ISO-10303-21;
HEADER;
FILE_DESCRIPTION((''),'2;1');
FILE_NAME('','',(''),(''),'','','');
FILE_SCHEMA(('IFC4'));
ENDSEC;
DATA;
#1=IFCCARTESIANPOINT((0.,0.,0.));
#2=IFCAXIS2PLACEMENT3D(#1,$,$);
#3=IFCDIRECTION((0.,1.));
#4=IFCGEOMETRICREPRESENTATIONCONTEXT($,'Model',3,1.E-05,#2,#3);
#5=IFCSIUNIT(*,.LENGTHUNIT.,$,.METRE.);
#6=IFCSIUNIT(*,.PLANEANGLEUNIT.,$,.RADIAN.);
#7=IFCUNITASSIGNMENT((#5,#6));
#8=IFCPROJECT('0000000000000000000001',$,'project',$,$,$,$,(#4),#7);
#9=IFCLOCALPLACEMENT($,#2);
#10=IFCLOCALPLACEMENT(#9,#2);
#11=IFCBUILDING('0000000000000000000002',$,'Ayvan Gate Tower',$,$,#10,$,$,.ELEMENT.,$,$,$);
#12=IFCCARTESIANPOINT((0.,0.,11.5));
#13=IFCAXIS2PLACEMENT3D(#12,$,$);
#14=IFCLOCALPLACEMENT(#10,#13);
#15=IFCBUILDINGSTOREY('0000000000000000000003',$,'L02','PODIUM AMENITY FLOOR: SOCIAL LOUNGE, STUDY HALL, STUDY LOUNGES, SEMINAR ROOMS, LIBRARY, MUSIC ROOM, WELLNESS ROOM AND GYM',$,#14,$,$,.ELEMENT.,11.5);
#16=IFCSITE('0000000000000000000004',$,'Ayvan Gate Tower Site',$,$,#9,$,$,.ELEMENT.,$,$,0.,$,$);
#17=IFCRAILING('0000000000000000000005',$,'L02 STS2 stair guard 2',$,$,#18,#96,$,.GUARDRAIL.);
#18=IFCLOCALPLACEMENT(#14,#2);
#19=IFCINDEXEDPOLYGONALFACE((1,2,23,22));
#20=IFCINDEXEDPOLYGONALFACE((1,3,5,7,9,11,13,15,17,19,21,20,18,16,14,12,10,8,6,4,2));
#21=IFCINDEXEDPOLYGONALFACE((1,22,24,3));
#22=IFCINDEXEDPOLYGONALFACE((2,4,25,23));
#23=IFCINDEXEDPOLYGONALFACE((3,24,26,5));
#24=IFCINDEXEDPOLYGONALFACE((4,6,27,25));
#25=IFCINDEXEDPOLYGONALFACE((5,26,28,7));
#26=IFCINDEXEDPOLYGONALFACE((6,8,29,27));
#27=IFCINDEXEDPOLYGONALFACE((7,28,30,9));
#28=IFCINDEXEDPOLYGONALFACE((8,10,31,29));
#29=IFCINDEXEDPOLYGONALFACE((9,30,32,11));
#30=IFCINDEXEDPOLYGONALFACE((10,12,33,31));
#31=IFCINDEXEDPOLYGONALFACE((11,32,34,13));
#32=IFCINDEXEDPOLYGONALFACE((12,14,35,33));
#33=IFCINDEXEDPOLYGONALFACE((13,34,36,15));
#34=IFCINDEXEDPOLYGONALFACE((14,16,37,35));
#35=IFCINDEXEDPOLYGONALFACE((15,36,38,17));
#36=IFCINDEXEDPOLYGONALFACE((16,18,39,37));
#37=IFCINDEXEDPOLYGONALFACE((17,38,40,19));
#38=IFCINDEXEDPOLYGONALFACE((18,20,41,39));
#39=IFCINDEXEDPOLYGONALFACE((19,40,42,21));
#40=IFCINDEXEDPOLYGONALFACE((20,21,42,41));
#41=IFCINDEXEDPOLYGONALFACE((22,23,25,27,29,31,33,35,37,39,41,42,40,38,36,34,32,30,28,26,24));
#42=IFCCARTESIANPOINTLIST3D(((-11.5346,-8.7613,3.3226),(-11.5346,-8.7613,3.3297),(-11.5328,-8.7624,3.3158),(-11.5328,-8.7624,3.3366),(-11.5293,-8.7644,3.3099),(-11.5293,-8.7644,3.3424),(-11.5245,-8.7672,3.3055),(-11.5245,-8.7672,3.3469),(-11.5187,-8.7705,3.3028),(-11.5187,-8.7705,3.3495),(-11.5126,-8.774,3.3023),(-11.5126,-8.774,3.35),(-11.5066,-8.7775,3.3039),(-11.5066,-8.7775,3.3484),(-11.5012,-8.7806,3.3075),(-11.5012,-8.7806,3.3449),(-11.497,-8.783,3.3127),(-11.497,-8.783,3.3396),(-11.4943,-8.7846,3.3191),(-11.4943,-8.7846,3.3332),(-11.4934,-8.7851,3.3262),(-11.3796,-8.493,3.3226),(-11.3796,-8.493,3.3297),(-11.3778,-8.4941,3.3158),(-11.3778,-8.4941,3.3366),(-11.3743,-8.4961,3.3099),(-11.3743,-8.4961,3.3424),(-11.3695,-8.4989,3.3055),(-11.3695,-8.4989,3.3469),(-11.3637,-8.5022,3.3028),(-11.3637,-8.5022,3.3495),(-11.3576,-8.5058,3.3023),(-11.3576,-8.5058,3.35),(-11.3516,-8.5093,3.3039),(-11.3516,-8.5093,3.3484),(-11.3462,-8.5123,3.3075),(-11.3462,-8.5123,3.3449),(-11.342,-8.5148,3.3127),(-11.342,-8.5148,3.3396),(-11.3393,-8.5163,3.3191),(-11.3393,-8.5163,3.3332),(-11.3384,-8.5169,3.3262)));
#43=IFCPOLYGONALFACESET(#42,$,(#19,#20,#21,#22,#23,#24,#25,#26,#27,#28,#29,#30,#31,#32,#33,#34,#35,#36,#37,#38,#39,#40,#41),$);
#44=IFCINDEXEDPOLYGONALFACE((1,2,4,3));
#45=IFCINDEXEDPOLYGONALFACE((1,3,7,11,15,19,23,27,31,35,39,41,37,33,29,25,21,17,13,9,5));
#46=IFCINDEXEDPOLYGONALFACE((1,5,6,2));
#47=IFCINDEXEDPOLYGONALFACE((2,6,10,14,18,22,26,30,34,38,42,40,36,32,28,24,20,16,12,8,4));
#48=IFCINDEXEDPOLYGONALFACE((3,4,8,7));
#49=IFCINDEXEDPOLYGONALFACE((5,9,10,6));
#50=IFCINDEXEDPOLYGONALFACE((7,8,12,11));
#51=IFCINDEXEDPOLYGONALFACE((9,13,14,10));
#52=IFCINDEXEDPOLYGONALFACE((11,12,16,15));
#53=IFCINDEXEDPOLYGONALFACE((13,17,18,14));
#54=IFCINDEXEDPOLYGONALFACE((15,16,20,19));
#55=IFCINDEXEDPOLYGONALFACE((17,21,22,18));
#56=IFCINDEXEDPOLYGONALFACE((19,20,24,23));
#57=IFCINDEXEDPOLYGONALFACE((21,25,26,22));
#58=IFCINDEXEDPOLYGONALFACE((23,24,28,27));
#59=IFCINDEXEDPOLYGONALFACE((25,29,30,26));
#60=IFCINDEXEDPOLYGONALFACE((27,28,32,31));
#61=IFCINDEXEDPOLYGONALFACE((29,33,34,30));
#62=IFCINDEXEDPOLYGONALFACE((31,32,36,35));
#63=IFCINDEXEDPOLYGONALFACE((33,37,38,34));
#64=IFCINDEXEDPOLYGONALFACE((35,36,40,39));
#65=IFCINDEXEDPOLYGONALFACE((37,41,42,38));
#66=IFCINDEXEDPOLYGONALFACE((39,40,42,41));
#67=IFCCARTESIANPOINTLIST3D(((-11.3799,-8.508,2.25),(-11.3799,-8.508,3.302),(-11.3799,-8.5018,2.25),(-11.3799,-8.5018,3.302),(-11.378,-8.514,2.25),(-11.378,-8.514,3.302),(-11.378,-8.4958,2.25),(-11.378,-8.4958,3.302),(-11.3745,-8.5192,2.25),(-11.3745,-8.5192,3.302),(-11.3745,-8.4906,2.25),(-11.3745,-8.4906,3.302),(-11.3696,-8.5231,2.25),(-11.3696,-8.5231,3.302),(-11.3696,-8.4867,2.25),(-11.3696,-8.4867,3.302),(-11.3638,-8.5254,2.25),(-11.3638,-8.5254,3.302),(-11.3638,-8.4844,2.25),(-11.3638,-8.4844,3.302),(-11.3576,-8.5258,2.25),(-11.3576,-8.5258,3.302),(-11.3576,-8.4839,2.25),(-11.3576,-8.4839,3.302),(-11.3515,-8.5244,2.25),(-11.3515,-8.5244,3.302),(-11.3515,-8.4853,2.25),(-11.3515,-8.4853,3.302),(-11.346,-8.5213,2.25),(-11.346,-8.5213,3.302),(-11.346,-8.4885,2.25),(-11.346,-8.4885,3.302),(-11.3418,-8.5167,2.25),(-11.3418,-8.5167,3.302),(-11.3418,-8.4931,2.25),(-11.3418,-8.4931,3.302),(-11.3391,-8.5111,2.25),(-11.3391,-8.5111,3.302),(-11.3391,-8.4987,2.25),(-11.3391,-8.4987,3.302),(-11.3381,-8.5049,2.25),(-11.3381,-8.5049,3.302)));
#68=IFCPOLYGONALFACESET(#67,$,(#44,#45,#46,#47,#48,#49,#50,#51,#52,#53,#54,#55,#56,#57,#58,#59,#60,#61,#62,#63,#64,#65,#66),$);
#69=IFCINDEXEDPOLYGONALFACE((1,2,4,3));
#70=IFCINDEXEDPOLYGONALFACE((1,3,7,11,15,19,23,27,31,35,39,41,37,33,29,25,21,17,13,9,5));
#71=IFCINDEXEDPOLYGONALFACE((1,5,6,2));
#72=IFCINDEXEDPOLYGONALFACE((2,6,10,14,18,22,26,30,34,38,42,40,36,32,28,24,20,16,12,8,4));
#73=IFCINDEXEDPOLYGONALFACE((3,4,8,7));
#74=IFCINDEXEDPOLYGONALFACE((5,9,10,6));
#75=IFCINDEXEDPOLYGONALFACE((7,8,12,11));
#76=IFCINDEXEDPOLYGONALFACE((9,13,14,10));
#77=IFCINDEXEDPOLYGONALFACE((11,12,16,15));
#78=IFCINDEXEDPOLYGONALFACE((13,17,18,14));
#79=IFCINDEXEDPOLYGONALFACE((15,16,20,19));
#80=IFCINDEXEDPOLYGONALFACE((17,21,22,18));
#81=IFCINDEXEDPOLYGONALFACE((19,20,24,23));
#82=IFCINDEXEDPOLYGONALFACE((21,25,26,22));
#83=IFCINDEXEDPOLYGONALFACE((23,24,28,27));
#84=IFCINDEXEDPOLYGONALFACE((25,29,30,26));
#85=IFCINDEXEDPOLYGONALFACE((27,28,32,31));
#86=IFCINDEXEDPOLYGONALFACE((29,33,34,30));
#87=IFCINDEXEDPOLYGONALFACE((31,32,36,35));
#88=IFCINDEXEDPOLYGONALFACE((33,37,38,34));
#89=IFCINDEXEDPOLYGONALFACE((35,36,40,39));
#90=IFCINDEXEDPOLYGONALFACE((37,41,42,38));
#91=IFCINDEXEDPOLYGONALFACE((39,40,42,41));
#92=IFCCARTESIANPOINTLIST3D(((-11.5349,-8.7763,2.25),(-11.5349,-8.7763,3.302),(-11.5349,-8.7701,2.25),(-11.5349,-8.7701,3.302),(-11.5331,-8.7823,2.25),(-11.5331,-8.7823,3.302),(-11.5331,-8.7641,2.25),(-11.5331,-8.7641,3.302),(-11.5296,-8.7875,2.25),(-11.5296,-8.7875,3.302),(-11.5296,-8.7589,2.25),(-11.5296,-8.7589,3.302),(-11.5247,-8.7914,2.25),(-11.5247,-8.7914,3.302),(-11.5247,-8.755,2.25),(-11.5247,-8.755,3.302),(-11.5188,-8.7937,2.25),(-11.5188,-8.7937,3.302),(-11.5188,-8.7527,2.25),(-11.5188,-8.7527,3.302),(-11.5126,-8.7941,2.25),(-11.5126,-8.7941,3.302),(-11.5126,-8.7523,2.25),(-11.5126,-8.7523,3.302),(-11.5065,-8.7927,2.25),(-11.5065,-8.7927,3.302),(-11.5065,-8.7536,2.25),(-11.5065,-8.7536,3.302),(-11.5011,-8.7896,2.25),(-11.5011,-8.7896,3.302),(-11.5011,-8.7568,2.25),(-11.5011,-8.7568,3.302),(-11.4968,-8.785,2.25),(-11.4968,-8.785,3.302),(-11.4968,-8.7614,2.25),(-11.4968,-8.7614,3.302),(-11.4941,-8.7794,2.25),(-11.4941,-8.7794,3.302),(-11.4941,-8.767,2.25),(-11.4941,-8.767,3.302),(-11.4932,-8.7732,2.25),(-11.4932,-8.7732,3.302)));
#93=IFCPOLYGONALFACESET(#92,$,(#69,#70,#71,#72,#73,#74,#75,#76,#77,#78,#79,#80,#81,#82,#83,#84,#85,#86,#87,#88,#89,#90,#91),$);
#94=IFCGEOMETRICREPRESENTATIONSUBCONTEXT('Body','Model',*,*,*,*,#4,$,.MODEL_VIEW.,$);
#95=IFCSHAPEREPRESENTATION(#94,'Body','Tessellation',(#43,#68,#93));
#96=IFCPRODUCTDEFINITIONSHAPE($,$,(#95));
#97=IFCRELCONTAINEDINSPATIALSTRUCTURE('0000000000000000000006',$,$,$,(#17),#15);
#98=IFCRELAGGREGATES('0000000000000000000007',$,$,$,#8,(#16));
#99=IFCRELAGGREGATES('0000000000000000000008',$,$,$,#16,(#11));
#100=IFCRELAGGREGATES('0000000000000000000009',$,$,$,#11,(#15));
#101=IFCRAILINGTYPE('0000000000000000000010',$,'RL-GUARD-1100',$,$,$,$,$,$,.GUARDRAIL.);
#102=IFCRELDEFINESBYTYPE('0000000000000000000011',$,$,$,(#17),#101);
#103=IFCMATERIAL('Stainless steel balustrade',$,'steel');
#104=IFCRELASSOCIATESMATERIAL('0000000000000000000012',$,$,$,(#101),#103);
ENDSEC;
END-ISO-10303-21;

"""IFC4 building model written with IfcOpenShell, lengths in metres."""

from ifc_helpers import new_model, si_unit, direction, frame, origin, origin_2d, place, context, subcontext, project, spatial, circle, extrude, material, type_object, element, save


model = new_model("IFC4")

# Units and contexts
model_context = context("Model", 3, precision=1e-05, world=origin(), true_north=direction((0.0, 1.0)))
body_context = subcontext(model_context, "Body", "Model", "MODEL_VIEW")
ifc_project = project(units=[si_unit("LENGTHUNIT", "METRE"), si_unit("PLANEANGLEUNIT", "RADIAN")], contexts=[model_context])

# Site, building, storey
site_placement = place(None, origin())
site = spatial("IfcSite", under=ifc_project, at=site_placement, Name="Ayvan Gate Tower Site", CompositionType="ELEMENT", RefElevation=0.0)
building_placement = place(site_placement, origin())
building = spatial("IfcBuilding", under=site, at=building_placement, Name="Ayvan Gate Tower", CompositionType="ELEMENT")
storey_placement = place(building_placement, frame((0.0, 0.0, 11.5)))
storey = spatial("IfcBuildingStorey", under=building, at=storey_placement, Name="L02", Description="PODIUM AMENITY FLOOR: SOCIAL LOUNGE, STUDY HALL, STUDY LOUNGES, SEMINAR ROOMS, LIBRARY, MUSIC ROOM, WELLNESS ROOM AND GYM", CompositionType="ELEMENT", Elevation=11.5)

# Railing
ifc_material_1 = material(Name="Stainless steel balustrade", Category="steel")
railing_type_1 = type_object("IfcRailingType", Name="RL-GUARD-1100", PredefinedType="GUARDRAIL", material=ifc_material_1)
railing_1_placement = place(storey_placement, frame((-11.3591, -8.5049, 2.25)))
element("IfcRailing", 1, at=railing_1_placement, inside=storey, type_object=railing_type_1, Name="L02 STS2 stair guard 2", PredefinedType="GUARDRAIL", context=body_context, shape_type="SweptSolid", body=[
    extrude(circle(Radius=0.0239, at=origin_2d()), frame((0.0, 0.0, 1.0762), z_axis=(-0.500291, -0.865857, 0.0), x_axis=(0.865857, -0.500291, 0.0)), (0.0, 0.0, 1.0), 0.3098),
    extrude(circle(Radius=0.021, at=origin_2d()), origin(), (0.0, 0.0, 1.0), 1.052),
    extrude(circle(Radius=0.021, at=origin_2d()), frame((-0.155, -0.2683, 0.0)), (0.0, 0.0, 1.0), 1.052),
])

save(model, "model.ifc")
